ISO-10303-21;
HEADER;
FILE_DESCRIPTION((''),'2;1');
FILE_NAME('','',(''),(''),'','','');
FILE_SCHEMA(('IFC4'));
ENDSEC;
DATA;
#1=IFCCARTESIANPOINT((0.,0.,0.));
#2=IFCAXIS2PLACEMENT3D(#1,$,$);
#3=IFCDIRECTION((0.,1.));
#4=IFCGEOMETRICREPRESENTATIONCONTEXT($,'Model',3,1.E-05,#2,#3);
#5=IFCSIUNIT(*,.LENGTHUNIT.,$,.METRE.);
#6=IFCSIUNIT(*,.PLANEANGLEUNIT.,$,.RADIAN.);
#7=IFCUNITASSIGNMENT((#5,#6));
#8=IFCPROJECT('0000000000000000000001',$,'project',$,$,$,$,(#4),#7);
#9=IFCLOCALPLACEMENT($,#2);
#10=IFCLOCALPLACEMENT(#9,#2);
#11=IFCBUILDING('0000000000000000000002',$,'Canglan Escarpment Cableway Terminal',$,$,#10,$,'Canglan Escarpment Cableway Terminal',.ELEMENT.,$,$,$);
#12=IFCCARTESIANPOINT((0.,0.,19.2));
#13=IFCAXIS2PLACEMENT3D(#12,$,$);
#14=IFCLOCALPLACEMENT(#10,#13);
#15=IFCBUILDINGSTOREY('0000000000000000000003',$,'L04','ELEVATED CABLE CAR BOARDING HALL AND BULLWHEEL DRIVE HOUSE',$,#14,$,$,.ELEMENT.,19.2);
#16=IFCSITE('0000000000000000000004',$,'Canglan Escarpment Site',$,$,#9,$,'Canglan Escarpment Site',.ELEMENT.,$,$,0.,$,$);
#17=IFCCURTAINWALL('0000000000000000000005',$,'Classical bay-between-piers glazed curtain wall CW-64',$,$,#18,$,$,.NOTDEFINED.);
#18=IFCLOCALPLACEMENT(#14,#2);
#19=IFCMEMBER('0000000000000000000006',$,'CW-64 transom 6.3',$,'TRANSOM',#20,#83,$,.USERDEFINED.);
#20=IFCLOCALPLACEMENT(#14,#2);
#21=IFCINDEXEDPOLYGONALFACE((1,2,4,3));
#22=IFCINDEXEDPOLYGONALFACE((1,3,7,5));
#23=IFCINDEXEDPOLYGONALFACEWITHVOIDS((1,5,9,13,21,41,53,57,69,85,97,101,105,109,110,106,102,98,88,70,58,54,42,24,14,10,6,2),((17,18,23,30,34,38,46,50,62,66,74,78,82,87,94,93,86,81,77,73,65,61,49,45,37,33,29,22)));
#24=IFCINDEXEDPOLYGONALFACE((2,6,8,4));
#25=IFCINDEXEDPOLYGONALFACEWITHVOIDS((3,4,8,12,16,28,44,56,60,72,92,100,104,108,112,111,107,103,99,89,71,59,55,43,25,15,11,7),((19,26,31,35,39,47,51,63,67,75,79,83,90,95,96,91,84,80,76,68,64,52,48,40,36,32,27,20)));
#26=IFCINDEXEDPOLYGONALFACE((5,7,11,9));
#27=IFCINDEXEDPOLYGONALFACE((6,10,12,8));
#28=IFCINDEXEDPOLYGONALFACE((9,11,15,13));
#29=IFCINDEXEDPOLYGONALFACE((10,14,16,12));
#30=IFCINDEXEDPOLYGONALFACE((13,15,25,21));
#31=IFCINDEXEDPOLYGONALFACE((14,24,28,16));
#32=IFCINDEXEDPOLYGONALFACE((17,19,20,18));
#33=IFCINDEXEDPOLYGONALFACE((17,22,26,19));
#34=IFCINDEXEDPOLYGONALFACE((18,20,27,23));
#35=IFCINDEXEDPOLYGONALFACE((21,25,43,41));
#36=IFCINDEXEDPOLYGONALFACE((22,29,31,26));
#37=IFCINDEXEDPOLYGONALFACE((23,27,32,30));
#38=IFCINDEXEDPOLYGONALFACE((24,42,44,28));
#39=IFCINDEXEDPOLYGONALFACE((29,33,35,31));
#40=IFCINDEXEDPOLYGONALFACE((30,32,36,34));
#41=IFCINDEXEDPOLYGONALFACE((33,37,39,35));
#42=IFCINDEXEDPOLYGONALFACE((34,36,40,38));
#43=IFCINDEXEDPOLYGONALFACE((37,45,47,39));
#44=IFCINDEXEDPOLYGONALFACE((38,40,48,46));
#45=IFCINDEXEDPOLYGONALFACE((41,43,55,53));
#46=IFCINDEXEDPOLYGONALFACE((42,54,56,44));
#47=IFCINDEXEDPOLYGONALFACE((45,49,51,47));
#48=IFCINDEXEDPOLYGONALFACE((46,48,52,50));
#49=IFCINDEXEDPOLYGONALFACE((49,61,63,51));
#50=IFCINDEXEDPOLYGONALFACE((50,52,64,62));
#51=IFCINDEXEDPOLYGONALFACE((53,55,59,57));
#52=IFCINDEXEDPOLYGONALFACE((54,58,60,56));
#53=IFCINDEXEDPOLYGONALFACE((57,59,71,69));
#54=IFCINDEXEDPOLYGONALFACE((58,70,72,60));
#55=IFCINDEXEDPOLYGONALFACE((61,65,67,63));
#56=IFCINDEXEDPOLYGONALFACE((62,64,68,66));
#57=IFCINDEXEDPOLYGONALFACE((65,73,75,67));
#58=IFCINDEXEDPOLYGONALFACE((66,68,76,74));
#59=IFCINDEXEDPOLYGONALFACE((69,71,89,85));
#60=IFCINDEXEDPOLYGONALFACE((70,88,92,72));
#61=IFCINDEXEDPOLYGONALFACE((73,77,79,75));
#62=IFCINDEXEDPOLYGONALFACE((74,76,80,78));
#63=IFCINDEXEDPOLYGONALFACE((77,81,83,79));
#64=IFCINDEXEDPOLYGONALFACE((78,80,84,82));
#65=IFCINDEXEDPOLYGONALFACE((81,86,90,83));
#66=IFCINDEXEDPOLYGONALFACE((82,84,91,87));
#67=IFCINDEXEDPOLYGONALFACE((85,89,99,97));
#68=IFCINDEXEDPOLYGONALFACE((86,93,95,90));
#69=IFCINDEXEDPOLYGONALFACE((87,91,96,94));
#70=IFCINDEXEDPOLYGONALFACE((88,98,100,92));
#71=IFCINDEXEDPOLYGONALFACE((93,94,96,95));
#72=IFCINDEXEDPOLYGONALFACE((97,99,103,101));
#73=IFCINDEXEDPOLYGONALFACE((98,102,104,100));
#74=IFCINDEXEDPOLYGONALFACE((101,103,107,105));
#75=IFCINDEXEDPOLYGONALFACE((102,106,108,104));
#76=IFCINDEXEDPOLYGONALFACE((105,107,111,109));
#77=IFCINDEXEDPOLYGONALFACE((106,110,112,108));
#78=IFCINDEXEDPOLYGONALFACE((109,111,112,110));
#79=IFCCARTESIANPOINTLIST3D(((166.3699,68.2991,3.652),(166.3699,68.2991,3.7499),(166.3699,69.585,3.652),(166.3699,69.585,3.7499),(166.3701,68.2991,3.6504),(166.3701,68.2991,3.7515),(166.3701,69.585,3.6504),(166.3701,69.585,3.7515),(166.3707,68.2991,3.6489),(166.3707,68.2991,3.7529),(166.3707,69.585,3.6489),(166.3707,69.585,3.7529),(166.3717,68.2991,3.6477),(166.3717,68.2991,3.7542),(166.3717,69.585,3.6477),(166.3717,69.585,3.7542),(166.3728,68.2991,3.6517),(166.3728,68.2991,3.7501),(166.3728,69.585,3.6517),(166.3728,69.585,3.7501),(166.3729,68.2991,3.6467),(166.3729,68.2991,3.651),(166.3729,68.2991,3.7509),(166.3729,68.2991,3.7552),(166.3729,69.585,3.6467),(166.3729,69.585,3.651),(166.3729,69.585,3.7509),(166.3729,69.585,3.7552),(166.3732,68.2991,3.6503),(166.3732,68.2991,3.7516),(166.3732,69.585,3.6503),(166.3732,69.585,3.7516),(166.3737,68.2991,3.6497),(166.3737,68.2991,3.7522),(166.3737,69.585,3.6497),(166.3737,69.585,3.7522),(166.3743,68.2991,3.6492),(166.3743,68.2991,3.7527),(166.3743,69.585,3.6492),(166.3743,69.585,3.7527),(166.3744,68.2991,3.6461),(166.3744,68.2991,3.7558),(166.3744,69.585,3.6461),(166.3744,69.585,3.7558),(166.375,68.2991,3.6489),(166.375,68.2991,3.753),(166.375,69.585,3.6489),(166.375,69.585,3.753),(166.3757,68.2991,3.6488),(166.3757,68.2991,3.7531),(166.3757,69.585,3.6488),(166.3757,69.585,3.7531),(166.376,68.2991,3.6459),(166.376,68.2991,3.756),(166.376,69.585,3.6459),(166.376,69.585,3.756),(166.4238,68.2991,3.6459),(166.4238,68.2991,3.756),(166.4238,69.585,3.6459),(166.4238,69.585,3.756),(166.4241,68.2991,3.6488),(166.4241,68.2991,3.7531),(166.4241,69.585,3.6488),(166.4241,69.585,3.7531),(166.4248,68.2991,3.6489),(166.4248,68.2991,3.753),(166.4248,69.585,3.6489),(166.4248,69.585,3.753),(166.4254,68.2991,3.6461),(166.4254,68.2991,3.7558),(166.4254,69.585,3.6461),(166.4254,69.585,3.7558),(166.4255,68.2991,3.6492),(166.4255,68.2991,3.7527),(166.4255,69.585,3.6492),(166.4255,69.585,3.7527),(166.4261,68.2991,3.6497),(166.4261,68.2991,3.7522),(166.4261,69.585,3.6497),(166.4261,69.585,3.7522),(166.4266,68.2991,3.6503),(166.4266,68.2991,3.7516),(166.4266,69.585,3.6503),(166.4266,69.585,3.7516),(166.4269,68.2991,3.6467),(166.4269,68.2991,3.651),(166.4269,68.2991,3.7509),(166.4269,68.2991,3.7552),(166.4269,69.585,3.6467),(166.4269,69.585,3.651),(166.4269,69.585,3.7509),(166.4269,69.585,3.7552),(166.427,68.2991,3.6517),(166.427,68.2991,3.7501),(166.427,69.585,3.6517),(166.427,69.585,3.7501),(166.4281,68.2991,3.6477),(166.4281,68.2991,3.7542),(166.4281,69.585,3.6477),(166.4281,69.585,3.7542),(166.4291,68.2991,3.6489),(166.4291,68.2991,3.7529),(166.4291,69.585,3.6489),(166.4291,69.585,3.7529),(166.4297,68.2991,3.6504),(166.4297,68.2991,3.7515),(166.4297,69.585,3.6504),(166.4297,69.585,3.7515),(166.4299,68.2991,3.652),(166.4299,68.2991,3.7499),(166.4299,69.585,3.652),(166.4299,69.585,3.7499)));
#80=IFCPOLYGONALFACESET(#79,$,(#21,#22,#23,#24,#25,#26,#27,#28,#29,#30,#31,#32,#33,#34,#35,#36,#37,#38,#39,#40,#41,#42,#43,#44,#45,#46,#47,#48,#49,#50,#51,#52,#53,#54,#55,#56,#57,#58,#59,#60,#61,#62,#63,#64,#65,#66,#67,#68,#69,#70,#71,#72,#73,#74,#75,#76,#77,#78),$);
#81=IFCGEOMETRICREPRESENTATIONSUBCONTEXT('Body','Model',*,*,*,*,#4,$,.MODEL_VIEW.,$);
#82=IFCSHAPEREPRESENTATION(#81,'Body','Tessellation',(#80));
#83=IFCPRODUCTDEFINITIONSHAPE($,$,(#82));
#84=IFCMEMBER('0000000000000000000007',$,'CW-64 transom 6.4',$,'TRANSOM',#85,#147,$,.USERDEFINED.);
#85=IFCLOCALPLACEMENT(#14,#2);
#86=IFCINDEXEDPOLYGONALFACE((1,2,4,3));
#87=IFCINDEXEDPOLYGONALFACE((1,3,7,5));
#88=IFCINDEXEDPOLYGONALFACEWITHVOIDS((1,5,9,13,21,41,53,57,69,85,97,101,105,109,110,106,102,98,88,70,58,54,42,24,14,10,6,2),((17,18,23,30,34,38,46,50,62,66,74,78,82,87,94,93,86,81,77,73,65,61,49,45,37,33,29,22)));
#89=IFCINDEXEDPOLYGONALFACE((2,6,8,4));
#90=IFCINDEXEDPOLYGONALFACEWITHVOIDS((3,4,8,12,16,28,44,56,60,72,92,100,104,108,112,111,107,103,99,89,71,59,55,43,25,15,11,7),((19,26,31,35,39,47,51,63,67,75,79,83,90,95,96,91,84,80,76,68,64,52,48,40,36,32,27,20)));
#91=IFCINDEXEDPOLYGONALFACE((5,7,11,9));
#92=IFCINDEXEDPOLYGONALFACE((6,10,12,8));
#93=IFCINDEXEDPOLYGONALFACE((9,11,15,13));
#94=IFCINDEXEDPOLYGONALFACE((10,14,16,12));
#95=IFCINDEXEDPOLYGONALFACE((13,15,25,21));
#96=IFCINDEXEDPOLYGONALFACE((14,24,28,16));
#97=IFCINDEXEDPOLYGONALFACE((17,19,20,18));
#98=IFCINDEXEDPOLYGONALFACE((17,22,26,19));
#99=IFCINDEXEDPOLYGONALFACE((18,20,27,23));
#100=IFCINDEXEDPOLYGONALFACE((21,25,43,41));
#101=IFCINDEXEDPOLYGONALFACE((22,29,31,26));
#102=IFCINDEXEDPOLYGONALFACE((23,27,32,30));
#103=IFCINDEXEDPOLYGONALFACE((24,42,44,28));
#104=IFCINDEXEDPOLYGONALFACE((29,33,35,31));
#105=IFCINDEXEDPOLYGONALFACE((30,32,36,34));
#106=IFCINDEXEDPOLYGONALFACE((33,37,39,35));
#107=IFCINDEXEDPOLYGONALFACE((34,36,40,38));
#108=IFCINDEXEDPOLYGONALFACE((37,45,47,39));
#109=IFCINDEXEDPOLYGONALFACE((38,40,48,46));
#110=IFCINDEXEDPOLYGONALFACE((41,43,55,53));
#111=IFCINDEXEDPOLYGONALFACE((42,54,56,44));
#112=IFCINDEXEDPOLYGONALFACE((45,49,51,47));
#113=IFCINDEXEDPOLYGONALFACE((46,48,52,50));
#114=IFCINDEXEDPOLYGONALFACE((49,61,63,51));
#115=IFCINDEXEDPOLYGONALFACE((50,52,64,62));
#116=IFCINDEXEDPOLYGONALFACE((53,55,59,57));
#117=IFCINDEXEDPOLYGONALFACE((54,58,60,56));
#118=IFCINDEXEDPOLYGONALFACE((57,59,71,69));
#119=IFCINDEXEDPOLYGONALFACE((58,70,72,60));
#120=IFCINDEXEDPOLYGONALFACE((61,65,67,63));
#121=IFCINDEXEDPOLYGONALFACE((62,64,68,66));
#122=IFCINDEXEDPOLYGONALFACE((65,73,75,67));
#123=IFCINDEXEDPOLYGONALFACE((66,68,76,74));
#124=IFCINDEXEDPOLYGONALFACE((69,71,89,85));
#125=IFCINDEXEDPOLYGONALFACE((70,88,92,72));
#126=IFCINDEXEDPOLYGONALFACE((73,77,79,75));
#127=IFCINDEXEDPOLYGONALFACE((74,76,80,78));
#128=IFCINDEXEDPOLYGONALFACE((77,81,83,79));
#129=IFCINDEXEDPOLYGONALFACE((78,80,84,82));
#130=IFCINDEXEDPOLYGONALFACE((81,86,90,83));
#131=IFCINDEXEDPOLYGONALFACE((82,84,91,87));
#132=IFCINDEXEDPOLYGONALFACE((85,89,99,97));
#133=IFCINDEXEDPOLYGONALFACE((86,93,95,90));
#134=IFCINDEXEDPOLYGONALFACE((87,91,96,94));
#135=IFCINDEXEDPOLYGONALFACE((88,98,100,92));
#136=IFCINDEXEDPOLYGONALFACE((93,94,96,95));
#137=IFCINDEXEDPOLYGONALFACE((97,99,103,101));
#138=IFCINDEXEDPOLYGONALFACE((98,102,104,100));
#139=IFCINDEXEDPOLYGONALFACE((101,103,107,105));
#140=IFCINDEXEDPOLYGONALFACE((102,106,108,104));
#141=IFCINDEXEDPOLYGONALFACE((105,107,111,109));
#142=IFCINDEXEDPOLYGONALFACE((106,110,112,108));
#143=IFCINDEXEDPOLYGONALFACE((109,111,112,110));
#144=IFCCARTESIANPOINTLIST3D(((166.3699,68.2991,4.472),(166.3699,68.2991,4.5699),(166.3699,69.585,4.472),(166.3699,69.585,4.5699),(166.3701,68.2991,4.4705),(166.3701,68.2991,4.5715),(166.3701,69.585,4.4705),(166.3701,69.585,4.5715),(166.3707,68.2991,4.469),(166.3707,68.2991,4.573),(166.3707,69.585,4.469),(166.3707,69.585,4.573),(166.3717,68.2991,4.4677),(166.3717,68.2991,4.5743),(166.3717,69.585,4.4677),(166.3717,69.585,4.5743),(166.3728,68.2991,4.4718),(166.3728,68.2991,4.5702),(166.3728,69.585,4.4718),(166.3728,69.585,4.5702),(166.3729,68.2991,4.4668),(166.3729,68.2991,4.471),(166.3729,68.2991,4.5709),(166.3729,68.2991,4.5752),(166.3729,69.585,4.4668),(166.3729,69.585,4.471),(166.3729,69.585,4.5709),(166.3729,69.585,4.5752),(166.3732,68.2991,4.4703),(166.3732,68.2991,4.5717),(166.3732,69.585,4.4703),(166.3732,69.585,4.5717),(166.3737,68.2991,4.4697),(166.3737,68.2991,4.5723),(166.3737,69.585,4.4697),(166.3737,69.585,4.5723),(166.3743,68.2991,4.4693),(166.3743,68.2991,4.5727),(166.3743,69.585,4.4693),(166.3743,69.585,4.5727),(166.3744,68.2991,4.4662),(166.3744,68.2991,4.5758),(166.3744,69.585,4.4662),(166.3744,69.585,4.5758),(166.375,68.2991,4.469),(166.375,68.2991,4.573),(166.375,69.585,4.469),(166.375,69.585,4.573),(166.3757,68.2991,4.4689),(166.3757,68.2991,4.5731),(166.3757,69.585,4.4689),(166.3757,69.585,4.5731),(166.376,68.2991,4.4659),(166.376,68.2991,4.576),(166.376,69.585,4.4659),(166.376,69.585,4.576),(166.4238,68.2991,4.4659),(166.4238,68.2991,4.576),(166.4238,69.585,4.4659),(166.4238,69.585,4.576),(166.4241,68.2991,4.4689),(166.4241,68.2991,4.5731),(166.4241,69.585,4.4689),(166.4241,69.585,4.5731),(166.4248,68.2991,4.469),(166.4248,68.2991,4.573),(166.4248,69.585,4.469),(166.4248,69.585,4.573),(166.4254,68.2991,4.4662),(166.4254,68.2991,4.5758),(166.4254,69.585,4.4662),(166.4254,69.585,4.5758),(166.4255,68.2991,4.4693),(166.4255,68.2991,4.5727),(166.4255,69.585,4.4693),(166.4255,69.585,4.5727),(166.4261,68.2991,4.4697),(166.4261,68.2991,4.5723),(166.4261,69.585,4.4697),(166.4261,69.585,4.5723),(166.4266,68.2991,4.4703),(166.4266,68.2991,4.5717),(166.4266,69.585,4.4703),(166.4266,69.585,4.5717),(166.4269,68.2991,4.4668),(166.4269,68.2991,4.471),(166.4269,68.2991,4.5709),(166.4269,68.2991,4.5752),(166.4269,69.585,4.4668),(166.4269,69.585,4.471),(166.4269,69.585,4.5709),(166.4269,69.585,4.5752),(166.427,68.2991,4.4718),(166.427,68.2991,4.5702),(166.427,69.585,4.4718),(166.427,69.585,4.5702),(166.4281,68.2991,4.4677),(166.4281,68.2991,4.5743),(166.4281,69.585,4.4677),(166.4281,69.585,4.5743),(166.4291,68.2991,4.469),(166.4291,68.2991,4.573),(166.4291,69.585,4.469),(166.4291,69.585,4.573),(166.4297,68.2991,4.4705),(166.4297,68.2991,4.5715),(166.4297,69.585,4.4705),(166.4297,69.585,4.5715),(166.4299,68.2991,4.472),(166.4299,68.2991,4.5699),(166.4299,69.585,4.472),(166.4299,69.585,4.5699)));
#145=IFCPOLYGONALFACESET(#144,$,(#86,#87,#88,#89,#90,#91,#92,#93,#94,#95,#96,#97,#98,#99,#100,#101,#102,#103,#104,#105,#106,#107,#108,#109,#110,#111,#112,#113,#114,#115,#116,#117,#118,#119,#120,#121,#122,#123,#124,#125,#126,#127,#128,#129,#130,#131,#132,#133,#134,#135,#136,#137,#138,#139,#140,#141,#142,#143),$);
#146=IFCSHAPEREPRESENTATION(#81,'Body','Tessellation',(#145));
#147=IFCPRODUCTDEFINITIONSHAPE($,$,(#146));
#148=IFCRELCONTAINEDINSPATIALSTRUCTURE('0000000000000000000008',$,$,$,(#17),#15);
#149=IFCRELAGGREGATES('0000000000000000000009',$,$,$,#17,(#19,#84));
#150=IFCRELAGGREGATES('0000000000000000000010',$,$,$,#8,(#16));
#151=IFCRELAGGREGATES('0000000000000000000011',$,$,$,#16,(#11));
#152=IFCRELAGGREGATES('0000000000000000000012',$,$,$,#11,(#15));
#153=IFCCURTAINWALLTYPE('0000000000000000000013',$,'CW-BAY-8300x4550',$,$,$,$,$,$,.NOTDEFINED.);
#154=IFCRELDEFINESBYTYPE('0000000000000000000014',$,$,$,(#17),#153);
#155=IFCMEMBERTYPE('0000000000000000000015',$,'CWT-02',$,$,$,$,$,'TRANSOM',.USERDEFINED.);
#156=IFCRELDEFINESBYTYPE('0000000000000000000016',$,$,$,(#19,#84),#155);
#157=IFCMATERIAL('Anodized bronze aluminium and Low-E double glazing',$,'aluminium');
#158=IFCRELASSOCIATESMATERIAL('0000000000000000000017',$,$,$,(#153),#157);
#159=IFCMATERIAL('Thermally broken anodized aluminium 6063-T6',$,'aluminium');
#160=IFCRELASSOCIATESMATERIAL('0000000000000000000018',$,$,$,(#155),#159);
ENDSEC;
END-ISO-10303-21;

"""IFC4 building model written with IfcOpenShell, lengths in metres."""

from ifc_helpers import new_model, si_unit, direction, frame, origin, origin_2d, place, context, subcontext, project, spatial, hollow_rectangle, extrude, material, material_profile, profile_set, type_object, element, aggregate, save


model = new_model("IFC4")

# Units and contexts
model_context = context("Model", 3, precision=1e-05, world=origin(), true_north=direction((0.0, 1.0)))
body_context = subcontext(model_context, "Body", "Model", "MODEL_VIEW")
ifc_project = project(units=[si_unit("LENGTHUNIT", "METRE"), si_unit("PLANEANGLEUNIT", "RADIAN")], contexts=[model_context])

# Site, building, storey
site_placement = place(None, origin())
site = spatial("IfcSite", under=ifc_project, at=site_placement, Name="Canglan Escarpment Site", LongName="Canglan Escarpment Site", CompositionType="ELEMENT", RefElevation=0.0)
building_placement = place(site_placement, origin())
building = spatial("IfcBuilding", under=site, at=building_placement, Name="Canglan Escarpment Cableway Terminal", LongName="Canglan Escarpment Cableway Terminal", CompositionType="ELEMENT")
storey_placement = place(building_placement, frame((0.0, 0.0, 19.2)))
storey = spatial("IfcBuildingStorey", under=building, at=storey_placement, Name="L04", Description="ELEVATED CABLE CAR BOARDING HALL AND BULLWHEEL DRIVE HOUSE", CompositionType="ELEMENT", Elevation=19.2)

# Curtain wall
ifc_material_1 = material(Name="Anodized bronze aluminium and Low-E double glazing", Category="aluminium")
curtain_wall_type = type_object("IfcCurtainWallType", Name="CW-BAY-8300x4550", PredefinedType="NOTDEFINED", material=ifc_material_1)
curtain_wall_1_placement = place(storey_placement, origin())
curtain_wall_1 = element("IfcCurtainWall", 1, at=curtain_wall_1_placement, inside=storey, type_object=curtain_wall_type, Name="Classical bay-between-piers glazed curtain wall CW-64", PredefinedType="NOTDEFINED")
ifc_material_2 = material(Name="Thermally broken anodized aluminium 6063-T6", Category="aluminium")

# Members
ifc_material_profile_1 = material_profile(ifc_material_2, hollow_rectangle(XDim=0.0601, YDim=0.1101, WallThickness=0.0029, InnerFilletRadius=0.0029, OuterFilletRadius=0.0061, at=origin_2d()), Name="ALU-TRAN 60x110x3")
ifc_profile_set_1 = profile_set([ifc_material_profile_1], Name="Thermally broken anodized aluminium 6063-T6")
member_type_1 = type_object("IfcMemberType", Name="CWT-02", ElementType="TRANSOM", PredefinedType="USERDEFINED", material=ifc_profile_set_1)
member_1_placement = place(storey_placement, frame((166.3999, 68.2991, 3.7009), z_axis=(0.0, 1.0, 0.0), x_axis=(-1.0, 0.0, 0.0)))
member_1 = element("IfcMember", 2, at=member_1_placement, type_object=member_type_1, Name="CW-64 transom 6.3", ObjectType="TRANSOM", PredefinedType="USERDEFINED", context=body_context, shape_type="SweptSolid", body=[
    extrude(hollow_rectangle(XDim=0.0601, YDim=0.1101, WallThickness=0.0029, InnerFilletRadius=0.0029, OuterFilletRadius=0.0061, at=origin_2d()), origin(), (0.0, 0.0, 1.0), 1.2859),
])
member_2_placement = place(storey_placement, frame((166.3999, 68.2991, 4.521), z_axis=(0.0, 1.0, 0.0), x_axis=(-1.0, 0.0, 0.0)))
member_2 = element("IfcMember", 3, at=member_2_placement, type_object=member_type_1, Name="CW-64 transom 6.4", ObjectType="TRANSOM", PredefinedType="USERDEFINED", context=body_context, shape_type="SweptSolid", body=[
    extrude(hollow_rectangle(XDim=0.0601, YDim=0.1101, WallThickness=0.0029, InnerFilletRadius=0.0029, OuterFilletRadius=0.0061, at=origin_2d()), origin(), (0.0, 0.0, 1.0), 1.2859),
])

aggregate(curtain_wall_1, [member_1, member_2])

save(model, "model.ifc")
